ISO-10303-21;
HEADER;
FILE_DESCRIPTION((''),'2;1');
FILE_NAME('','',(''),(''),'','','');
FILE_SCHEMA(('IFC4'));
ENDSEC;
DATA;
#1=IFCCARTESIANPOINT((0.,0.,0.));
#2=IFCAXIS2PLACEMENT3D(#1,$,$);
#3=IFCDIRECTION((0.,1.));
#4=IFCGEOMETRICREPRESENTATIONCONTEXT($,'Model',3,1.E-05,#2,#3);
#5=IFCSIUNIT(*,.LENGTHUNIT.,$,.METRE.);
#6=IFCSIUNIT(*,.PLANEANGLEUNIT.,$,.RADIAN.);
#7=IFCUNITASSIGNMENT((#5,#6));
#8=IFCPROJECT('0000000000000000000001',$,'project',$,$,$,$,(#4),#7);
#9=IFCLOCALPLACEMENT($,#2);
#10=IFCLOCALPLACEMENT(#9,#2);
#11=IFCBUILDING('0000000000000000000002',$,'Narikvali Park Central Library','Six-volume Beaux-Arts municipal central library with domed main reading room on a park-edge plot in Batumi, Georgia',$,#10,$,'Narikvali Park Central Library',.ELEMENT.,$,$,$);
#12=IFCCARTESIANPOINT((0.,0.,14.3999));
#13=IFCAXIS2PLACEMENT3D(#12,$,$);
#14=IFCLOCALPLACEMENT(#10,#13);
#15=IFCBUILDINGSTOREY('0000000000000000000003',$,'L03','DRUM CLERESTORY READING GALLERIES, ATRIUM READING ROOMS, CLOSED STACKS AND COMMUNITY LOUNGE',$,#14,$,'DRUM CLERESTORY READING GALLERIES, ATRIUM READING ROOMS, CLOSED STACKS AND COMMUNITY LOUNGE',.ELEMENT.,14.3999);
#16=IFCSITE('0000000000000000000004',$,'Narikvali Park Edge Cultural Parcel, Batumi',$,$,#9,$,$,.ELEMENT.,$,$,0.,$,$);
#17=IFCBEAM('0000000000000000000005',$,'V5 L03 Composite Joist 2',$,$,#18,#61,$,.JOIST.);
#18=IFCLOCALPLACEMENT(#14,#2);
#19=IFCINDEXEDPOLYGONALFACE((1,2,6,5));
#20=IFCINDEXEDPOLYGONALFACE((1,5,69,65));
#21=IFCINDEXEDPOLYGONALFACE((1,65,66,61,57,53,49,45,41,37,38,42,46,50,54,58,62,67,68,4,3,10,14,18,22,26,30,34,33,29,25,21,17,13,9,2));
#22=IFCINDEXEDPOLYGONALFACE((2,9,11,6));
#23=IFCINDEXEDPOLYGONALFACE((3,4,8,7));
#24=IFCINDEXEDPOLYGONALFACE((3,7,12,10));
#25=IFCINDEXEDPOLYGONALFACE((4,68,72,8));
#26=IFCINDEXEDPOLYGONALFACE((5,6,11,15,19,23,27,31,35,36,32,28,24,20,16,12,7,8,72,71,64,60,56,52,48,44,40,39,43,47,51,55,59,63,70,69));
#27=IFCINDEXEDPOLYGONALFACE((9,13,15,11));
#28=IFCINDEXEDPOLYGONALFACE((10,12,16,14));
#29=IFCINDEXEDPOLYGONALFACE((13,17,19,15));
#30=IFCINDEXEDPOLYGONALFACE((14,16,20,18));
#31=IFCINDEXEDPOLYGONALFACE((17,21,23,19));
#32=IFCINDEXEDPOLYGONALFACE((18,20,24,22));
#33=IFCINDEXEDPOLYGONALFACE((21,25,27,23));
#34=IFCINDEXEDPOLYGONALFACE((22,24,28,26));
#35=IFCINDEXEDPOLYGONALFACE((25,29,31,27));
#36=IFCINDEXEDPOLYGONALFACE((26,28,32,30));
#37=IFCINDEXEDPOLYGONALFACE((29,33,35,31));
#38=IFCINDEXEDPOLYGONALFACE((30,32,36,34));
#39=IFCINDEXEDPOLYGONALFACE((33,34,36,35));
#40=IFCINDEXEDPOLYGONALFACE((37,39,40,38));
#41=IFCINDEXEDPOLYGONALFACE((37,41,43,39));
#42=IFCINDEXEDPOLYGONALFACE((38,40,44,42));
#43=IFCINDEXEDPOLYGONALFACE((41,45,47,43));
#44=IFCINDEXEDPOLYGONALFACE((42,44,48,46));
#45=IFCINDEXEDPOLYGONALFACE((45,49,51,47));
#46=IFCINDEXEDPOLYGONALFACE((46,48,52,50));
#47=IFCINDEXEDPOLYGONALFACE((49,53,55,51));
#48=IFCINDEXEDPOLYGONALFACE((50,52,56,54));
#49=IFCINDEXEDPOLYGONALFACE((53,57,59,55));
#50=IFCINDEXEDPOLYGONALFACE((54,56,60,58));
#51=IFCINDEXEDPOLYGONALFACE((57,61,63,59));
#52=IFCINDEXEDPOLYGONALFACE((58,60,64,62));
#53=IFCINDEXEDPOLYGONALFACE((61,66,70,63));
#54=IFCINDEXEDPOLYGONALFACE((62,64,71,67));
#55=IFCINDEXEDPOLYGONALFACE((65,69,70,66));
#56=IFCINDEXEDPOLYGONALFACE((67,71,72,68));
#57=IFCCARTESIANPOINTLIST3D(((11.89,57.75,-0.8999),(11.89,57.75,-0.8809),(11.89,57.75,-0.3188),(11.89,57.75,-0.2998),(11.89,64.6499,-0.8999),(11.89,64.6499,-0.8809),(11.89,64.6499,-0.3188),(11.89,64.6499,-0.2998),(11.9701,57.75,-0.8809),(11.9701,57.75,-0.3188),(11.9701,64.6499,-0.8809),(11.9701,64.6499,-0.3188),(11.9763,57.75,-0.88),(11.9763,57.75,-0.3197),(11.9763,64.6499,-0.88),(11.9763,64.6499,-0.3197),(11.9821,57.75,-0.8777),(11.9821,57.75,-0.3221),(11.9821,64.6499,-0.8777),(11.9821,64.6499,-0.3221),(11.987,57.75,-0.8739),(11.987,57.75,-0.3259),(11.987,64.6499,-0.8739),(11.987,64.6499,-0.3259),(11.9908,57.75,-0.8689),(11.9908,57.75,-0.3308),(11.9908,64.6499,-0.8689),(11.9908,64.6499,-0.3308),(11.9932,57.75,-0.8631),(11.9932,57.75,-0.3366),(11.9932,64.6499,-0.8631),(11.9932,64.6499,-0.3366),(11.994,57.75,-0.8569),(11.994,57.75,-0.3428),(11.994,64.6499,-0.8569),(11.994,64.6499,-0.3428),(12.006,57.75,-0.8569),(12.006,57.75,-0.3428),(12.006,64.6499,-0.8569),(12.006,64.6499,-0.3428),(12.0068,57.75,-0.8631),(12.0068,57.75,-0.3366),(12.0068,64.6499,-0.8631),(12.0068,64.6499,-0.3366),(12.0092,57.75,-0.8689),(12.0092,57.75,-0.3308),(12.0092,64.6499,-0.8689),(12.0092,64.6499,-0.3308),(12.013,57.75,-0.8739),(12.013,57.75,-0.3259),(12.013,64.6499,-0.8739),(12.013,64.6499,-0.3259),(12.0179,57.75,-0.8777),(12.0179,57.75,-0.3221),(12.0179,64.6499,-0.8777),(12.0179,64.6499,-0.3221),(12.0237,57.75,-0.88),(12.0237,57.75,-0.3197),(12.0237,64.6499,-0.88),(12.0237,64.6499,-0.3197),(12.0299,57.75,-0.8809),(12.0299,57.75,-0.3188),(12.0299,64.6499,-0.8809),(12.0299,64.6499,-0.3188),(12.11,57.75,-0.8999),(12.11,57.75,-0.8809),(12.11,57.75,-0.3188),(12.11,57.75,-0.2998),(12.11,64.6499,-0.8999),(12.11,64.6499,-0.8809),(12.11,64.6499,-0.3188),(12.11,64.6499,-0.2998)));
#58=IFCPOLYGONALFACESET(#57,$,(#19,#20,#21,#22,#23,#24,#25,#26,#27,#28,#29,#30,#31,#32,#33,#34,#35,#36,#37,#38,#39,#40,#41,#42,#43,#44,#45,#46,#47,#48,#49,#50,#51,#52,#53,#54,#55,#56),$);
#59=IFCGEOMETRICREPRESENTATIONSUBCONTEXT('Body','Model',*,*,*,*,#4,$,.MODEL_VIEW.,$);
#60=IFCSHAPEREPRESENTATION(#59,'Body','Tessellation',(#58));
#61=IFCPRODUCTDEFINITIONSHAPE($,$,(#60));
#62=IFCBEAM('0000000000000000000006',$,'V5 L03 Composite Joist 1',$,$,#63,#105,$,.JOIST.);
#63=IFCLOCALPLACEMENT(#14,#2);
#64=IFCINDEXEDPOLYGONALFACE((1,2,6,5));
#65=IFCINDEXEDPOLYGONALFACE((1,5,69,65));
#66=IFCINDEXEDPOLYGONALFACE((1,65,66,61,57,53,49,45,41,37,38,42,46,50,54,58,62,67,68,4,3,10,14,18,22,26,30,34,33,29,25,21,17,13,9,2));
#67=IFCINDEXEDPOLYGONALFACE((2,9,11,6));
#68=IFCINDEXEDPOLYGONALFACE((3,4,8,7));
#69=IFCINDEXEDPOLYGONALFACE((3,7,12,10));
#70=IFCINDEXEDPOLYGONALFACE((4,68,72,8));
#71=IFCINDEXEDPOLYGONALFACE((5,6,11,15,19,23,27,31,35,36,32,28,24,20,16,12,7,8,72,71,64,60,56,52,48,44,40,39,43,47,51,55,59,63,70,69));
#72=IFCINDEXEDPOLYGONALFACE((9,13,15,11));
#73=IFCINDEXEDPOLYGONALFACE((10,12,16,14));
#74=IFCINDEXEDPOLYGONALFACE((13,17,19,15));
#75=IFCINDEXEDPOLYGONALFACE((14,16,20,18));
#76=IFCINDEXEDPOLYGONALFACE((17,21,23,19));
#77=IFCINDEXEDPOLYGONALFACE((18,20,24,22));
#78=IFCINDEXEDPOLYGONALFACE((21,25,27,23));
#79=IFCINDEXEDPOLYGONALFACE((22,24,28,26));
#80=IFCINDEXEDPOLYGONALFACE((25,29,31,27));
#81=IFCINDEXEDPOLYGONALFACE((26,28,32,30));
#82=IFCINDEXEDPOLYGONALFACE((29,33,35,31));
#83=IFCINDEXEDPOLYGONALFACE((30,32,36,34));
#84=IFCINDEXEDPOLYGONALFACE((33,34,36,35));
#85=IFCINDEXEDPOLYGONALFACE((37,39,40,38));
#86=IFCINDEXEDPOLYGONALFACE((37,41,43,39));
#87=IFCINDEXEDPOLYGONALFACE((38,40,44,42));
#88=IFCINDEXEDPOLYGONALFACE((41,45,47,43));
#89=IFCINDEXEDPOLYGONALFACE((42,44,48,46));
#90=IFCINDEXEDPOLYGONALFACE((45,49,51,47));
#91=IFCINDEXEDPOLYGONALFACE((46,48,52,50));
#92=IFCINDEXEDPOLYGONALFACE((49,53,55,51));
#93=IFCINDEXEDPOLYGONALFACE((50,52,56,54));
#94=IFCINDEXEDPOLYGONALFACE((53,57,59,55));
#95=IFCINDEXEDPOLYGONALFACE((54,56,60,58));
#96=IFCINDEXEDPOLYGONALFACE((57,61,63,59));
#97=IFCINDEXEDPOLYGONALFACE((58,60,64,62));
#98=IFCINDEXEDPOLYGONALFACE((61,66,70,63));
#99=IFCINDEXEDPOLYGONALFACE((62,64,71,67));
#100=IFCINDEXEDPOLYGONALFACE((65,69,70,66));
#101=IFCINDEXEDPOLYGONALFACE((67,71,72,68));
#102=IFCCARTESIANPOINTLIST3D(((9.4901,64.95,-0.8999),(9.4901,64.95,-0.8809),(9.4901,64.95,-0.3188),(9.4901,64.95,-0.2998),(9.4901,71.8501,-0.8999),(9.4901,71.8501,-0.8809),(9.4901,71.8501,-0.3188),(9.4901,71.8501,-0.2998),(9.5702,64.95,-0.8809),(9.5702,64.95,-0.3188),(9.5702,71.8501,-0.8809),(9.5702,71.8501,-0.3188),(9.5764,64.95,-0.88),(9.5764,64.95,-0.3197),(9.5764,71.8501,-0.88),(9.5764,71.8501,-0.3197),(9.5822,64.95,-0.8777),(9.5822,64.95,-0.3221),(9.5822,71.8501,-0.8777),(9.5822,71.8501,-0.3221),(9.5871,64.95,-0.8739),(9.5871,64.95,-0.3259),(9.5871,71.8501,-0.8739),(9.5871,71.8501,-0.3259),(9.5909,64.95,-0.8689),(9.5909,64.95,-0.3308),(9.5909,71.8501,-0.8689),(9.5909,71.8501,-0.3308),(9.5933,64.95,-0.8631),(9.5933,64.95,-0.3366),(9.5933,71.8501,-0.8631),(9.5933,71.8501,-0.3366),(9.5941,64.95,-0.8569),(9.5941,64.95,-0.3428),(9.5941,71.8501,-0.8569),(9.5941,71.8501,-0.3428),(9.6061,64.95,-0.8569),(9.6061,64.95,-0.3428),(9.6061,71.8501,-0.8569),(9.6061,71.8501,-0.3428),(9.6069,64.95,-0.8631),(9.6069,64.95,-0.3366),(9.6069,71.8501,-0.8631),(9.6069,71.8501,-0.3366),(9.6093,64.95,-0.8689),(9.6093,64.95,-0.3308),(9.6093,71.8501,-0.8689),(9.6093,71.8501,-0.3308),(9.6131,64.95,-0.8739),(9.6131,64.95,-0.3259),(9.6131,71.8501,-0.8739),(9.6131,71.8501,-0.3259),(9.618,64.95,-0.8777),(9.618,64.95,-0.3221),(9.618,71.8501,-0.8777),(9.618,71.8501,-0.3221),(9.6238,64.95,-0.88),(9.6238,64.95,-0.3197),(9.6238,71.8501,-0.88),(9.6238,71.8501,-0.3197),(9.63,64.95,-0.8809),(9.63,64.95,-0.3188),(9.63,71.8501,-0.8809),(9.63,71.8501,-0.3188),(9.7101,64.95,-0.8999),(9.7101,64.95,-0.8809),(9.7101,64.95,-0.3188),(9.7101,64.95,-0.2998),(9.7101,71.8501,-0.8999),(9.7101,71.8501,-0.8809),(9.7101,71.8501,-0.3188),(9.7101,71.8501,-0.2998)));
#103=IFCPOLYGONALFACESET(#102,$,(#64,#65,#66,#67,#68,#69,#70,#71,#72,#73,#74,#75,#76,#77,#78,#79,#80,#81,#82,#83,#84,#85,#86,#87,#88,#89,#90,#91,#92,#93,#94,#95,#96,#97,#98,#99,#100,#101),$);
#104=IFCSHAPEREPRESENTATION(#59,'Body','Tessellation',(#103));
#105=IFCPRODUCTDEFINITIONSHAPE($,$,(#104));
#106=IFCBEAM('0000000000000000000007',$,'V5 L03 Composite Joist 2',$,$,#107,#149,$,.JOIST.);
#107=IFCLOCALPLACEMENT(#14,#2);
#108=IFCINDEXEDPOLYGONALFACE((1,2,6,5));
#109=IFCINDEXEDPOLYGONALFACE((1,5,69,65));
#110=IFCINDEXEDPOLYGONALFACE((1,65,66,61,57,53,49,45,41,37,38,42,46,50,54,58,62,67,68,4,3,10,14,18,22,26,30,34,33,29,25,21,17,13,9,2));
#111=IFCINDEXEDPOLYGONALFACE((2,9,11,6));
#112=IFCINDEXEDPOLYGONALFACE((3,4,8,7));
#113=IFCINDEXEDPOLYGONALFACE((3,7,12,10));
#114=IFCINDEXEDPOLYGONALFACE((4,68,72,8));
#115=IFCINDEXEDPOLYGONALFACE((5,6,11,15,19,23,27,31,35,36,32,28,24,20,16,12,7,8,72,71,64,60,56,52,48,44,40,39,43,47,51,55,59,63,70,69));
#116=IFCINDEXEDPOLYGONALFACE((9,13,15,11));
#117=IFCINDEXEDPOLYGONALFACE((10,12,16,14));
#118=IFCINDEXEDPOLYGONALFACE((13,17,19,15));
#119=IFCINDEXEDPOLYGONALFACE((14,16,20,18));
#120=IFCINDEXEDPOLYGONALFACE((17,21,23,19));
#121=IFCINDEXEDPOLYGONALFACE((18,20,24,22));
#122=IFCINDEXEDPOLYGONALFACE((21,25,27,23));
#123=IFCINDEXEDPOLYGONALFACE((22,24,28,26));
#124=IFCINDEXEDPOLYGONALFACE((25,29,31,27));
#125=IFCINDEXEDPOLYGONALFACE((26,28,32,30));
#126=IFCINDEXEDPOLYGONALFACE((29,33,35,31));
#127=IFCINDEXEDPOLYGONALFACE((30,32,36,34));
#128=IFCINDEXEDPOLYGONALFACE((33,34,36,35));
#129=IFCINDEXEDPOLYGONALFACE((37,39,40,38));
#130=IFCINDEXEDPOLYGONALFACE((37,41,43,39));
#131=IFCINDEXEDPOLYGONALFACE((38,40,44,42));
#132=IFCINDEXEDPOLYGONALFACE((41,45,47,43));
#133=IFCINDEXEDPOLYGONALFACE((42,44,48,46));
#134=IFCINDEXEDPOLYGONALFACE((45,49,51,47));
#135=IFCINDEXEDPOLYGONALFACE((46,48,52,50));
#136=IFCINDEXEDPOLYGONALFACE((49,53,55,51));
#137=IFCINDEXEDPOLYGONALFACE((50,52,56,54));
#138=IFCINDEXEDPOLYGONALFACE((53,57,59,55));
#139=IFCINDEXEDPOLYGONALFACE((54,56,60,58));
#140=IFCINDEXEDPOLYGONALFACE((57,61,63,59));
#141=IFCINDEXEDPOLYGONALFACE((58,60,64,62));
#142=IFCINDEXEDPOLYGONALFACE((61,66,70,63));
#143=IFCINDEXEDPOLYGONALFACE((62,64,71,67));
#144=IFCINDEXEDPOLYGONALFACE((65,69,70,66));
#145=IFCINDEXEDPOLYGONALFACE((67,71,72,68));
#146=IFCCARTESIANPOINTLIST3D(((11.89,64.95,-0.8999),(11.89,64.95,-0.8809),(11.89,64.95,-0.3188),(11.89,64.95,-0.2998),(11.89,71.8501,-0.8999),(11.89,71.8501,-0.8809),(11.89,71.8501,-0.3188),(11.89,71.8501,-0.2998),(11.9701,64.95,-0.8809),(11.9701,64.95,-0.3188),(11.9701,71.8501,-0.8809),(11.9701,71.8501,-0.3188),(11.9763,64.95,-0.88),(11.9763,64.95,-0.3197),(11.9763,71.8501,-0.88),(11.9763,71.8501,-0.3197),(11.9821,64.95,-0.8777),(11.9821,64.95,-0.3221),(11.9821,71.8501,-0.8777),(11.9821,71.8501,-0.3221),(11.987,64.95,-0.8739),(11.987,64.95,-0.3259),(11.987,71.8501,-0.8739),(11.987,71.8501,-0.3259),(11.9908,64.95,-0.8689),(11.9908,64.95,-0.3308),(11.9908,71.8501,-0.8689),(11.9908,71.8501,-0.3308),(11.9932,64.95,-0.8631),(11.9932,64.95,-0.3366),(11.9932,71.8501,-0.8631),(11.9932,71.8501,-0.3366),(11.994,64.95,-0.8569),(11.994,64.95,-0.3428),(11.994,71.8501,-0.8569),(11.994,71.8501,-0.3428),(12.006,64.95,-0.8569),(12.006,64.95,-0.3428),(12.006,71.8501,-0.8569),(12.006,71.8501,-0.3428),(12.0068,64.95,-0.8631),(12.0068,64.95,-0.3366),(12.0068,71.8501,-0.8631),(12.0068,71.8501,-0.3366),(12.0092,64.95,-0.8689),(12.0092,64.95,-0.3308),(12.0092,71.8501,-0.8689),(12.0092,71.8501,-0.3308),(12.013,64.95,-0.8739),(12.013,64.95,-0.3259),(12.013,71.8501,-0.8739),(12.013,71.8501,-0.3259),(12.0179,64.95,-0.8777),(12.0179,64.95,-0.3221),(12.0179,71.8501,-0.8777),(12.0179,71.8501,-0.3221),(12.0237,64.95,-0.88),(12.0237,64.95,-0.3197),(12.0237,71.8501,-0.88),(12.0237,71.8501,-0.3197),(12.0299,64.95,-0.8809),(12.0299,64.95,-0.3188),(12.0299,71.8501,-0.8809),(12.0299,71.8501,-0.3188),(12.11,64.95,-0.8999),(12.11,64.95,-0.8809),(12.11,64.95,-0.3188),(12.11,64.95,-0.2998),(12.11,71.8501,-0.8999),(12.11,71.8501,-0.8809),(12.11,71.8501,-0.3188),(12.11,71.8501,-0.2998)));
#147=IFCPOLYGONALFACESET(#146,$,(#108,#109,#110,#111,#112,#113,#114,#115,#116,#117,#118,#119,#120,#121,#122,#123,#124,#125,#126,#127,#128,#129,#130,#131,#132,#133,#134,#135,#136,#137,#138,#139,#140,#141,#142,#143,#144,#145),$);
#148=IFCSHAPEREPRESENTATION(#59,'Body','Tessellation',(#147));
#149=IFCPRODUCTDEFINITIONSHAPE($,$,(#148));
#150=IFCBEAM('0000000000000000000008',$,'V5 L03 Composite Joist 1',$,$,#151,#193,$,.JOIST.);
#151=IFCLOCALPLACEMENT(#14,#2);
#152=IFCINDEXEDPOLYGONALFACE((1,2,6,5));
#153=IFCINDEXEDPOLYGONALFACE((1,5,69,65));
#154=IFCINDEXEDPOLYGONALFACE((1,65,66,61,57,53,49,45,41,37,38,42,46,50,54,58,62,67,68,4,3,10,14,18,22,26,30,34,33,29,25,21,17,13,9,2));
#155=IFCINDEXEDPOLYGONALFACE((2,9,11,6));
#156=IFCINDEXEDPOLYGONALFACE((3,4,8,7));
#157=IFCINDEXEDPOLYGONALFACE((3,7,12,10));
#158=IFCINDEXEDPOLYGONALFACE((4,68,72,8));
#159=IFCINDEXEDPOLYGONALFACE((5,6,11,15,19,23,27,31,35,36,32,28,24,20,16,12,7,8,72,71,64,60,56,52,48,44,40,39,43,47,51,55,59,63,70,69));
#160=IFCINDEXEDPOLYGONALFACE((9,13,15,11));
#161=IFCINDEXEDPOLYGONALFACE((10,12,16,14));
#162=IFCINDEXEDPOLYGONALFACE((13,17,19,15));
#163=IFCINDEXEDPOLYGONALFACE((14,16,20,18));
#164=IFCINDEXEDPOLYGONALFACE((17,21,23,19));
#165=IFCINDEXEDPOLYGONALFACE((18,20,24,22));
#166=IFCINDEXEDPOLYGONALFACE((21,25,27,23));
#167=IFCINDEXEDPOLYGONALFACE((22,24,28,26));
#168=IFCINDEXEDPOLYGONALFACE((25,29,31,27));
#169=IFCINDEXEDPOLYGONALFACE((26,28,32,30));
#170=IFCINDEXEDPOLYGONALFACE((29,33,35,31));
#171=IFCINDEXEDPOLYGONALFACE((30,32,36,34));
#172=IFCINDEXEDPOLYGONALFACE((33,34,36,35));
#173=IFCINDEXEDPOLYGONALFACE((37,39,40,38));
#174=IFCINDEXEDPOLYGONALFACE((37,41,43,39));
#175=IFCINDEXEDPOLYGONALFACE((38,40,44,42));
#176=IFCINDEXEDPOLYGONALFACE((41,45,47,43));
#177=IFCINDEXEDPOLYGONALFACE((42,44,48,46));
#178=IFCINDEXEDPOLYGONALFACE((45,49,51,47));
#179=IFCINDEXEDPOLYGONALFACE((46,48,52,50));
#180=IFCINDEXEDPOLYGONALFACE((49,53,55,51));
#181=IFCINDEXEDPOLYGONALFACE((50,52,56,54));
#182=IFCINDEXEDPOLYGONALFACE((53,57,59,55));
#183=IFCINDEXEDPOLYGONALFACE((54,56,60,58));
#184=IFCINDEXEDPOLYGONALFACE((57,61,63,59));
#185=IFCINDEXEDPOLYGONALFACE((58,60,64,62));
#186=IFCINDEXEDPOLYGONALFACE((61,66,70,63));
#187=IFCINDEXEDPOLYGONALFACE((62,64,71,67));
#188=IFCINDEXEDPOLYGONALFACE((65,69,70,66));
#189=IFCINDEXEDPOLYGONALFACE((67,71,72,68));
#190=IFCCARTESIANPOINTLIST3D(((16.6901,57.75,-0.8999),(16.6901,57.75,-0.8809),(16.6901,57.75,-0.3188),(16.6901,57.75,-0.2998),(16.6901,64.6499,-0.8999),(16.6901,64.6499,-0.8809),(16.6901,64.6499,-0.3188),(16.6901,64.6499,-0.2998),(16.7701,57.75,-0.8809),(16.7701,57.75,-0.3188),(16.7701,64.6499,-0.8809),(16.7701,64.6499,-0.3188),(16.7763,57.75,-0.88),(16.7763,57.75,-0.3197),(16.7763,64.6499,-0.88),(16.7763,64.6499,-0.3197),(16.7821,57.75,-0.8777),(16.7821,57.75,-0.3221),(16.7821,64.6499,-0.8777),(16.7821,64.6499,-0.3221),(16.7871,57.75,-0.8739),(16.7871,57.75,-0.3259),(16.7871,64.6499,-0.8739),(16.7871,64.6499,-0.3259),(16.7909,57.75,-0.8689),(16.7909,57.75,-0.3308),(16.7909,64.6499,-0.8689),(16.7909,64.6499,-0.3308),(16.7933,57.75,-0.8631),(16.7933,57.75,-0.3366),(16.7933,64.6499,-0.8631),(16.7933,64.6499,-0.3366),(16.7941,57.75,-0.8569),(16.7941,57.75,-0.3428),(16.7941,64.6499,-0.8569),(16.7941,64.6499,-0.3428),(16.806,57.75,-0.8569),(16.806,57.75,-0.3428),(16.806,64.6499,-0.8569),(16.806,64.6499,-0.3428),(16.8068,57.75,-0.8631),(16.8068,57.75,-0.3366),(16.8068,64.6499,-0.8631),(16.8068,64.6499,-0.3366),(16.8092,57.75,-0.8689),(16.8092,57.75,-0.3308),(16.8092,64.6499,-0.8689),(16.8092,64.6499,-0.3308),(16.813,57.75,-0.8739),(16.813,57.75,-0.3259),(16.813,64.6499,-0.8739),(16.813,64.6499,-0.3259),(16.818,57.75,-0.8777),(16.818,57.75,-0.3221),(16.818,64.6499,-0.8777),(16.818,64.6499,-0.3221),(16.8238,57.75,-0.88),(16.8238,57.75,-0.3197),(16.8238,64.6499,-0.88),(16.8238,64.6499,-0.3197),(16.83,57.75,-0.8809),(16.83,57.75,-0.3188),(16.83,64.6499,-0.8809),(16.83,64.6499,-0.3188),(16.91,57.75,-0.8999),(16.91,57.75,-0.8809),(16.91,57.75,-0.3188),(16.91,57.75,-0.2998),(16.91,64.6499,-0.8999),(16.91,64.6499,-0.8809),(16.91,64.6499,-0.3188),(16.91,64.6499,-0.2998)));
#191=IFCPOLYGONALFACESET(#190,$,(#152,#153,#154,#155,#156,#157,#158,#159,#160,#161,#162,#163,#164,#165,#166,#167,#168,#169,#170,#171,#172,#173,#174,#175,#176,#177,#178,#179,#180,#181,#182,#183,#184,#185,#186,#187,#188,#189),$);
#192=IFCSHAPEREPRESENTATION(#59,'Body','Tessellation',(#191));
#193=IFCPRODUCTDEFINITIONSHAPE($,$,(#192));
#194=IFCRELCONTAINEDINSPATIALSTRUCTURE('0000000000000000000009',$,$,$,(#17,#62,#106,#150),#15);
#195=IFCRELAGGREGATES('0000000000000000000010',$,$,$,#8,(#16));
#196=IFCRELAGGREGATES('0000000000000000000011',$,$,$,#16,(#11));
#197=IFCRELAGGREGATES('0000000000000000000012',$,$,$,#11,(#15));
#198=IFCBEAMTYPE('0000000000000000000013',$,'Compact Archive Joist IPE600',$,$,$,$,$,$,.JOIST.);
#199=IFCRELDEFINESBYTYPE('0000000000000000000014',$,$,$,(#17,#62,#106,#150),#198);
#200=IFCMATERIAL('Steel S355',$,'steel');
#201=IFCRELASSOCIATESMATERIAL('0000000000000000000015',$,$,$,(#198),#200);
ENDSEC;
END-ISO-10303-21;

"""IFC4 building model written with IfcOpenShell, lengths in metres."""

from ifc_helpers import new_model, si_unit, direction, frame, origin, origin_2d, place, context, subcontext, project, spatial, i_section, extrude, material, material_profile, profile_set, type_object, element, save


model = new_model("IFC4")

# Units and contexts
model_context = context("Model", 3, precision=1e-05, world=origin(), true_north=direction((0.0, 1.0)))
body_context = subcontext(model_context, "Body", "Model", "MODEL_VIEW")
ifc_project = project(units=[si_unit("LENGTHUNIT", "METRE"), si_unit("PLANEANGLEUNIT", "RADIAN")], contexts=[model_context])

# Site, building, storey
site_placement = place(None, origin())
site = spatial("IfcSite", under=ifc_project, at=site_placement, Name="Narikvali Park Edge Cultural Parcel, Batumi", CompositionType="ELEMENT", RefElevation=0.0)
building_placement = place(site_placement, origin())
building = spatial("IfcBuilding", under=site, at=building_placement, Name="Narikvali Park Central Library", Description="Six-volume Beaux-Arts municipal central library with domed main reading room on a park-edge plot in Batumi, Georgia", LongName="Narikvali Park Central Library", CompositionType="ELEMENT")
storey_placement = place(building_placement, frame((0.0, 0.0, 14.3999)))
storey = spatial("IfcBuildingStorey", under=building, at=storey_placement, Name="L03", Description="DRUM CLERESTORY READING GALLERIES, ATRIUM READING ROOMS, CLOSED STACKS AND COMMUNITY LOUNGE", LongName="DRUM CLERESTORY READING GALLERIES, ATRIUM READING ROOMS, CLOSED STACKS AND COMMUNITY LOUNGE", CompositionType="ELEMENT", Elevation=14.3999)

# Shared definitions
ifc_material_1 = material(Name="Steel S355", Category="steel")

# Beams
ifc_material_profile_1 = material_profile(ifc_material_1, i_section(OverallWidth=0.22, OverallDepth=0.6001, WebThickness=0.012, FlangeThickness=0.019, FilletRadius=0.0239, at=origin_2d()), Name="IPE 600")
ifc_profile_set_1 = profile_set([ifc_material_profile_1], Name="Steel S355")
beam_type_1 = type_object("IfcBeamType", Name="Compact Archive Joist IPE600", PredefinedType="JOIST", material=ifc_profile_set_1)
for number, where, z_axis, x_axis, name in (
    (1, (12.0, 57.75, -0.5999), (0.0, 1.0, 0.0), (-1.0, 0.0, 0.0), "V5 L03 Composite Joist 2"),
):
    element("IfcBeam", number, at=place(storey_placement, frame(where, z_axis=z_axis, x_axis=x_axis)), inside=storey, type_object=beam_type_1, Name=name, PredefinedType="JOIST", context=body_context, shape_type="SweptSolid", body=[
        extrude(i_section(OverallWidth=0.22, OverallDepth=0.6001, WebThickness=0.012, FlangeThickness=0.019, FilletRadius=0.0239, at=origin_2d()), origin(), (0.0, 0.0, 1.0), 6.8999),
    ])
for number, where, z_axis, x_axis, name in (
    (2, (9.6001, 64.95, -0.5999), (0.0, 1.0, 0.0), (-1.0, 0.0, 0.0), "V5 L03 Composite Joist 1"),
    (3, (12.0, 64.95, -0.5999), (0.0, 1.0, 0.0), (-1.0, 0.0, 0.0), "V5 L03 Composite Joist 2"),
):
    element("IfcBeam", number, at=place(storey_placement, frame(where, z_axis=z_axis, x_axis=x_axis)), inside=storey, type_object=beam_type_1, Name=name, PredefinedType="JOIST", context=body_context, shape_type="SweptSolid", body=[
        extrude(i_section(OverallWidth=0.22, OverallDepth=0.6001, WebThickness=0.012, FlangeThickness=0.019, FilletRadius=0.0239, at=origin_2d()), origin(), (0.0, 0.0, 1.0), 6.9001),
    ])
for number, where, z_axis, x_axis, name in (
    (4, (16.8, 57.75, -0.5999), (0.0, 1.0, 0.0), (-1.0, 0.0, 0.0), "V5 L03 Composite Joist 1"),
):
    element("IfcBeam", number, at=place(storey_placement, frame(where, z_axis=z_axis, x_axis=x_axis)), inside=storey, type_object=beam_type_1, Name=name, PredefinedType="JOIST", context=body_context, shape_type="SweptSolid", body=[
        extrude(i_section(OverallWidth=0.22, OverallDepth=0.6001, WebThickness=0.012, FlangeThickness=0.019, FilletRadius=0.0239, at=origin_2d()), origin(), (0.0, 0.0, 1.0), 6.8999),
    ])

save(model, "model.ifc")
